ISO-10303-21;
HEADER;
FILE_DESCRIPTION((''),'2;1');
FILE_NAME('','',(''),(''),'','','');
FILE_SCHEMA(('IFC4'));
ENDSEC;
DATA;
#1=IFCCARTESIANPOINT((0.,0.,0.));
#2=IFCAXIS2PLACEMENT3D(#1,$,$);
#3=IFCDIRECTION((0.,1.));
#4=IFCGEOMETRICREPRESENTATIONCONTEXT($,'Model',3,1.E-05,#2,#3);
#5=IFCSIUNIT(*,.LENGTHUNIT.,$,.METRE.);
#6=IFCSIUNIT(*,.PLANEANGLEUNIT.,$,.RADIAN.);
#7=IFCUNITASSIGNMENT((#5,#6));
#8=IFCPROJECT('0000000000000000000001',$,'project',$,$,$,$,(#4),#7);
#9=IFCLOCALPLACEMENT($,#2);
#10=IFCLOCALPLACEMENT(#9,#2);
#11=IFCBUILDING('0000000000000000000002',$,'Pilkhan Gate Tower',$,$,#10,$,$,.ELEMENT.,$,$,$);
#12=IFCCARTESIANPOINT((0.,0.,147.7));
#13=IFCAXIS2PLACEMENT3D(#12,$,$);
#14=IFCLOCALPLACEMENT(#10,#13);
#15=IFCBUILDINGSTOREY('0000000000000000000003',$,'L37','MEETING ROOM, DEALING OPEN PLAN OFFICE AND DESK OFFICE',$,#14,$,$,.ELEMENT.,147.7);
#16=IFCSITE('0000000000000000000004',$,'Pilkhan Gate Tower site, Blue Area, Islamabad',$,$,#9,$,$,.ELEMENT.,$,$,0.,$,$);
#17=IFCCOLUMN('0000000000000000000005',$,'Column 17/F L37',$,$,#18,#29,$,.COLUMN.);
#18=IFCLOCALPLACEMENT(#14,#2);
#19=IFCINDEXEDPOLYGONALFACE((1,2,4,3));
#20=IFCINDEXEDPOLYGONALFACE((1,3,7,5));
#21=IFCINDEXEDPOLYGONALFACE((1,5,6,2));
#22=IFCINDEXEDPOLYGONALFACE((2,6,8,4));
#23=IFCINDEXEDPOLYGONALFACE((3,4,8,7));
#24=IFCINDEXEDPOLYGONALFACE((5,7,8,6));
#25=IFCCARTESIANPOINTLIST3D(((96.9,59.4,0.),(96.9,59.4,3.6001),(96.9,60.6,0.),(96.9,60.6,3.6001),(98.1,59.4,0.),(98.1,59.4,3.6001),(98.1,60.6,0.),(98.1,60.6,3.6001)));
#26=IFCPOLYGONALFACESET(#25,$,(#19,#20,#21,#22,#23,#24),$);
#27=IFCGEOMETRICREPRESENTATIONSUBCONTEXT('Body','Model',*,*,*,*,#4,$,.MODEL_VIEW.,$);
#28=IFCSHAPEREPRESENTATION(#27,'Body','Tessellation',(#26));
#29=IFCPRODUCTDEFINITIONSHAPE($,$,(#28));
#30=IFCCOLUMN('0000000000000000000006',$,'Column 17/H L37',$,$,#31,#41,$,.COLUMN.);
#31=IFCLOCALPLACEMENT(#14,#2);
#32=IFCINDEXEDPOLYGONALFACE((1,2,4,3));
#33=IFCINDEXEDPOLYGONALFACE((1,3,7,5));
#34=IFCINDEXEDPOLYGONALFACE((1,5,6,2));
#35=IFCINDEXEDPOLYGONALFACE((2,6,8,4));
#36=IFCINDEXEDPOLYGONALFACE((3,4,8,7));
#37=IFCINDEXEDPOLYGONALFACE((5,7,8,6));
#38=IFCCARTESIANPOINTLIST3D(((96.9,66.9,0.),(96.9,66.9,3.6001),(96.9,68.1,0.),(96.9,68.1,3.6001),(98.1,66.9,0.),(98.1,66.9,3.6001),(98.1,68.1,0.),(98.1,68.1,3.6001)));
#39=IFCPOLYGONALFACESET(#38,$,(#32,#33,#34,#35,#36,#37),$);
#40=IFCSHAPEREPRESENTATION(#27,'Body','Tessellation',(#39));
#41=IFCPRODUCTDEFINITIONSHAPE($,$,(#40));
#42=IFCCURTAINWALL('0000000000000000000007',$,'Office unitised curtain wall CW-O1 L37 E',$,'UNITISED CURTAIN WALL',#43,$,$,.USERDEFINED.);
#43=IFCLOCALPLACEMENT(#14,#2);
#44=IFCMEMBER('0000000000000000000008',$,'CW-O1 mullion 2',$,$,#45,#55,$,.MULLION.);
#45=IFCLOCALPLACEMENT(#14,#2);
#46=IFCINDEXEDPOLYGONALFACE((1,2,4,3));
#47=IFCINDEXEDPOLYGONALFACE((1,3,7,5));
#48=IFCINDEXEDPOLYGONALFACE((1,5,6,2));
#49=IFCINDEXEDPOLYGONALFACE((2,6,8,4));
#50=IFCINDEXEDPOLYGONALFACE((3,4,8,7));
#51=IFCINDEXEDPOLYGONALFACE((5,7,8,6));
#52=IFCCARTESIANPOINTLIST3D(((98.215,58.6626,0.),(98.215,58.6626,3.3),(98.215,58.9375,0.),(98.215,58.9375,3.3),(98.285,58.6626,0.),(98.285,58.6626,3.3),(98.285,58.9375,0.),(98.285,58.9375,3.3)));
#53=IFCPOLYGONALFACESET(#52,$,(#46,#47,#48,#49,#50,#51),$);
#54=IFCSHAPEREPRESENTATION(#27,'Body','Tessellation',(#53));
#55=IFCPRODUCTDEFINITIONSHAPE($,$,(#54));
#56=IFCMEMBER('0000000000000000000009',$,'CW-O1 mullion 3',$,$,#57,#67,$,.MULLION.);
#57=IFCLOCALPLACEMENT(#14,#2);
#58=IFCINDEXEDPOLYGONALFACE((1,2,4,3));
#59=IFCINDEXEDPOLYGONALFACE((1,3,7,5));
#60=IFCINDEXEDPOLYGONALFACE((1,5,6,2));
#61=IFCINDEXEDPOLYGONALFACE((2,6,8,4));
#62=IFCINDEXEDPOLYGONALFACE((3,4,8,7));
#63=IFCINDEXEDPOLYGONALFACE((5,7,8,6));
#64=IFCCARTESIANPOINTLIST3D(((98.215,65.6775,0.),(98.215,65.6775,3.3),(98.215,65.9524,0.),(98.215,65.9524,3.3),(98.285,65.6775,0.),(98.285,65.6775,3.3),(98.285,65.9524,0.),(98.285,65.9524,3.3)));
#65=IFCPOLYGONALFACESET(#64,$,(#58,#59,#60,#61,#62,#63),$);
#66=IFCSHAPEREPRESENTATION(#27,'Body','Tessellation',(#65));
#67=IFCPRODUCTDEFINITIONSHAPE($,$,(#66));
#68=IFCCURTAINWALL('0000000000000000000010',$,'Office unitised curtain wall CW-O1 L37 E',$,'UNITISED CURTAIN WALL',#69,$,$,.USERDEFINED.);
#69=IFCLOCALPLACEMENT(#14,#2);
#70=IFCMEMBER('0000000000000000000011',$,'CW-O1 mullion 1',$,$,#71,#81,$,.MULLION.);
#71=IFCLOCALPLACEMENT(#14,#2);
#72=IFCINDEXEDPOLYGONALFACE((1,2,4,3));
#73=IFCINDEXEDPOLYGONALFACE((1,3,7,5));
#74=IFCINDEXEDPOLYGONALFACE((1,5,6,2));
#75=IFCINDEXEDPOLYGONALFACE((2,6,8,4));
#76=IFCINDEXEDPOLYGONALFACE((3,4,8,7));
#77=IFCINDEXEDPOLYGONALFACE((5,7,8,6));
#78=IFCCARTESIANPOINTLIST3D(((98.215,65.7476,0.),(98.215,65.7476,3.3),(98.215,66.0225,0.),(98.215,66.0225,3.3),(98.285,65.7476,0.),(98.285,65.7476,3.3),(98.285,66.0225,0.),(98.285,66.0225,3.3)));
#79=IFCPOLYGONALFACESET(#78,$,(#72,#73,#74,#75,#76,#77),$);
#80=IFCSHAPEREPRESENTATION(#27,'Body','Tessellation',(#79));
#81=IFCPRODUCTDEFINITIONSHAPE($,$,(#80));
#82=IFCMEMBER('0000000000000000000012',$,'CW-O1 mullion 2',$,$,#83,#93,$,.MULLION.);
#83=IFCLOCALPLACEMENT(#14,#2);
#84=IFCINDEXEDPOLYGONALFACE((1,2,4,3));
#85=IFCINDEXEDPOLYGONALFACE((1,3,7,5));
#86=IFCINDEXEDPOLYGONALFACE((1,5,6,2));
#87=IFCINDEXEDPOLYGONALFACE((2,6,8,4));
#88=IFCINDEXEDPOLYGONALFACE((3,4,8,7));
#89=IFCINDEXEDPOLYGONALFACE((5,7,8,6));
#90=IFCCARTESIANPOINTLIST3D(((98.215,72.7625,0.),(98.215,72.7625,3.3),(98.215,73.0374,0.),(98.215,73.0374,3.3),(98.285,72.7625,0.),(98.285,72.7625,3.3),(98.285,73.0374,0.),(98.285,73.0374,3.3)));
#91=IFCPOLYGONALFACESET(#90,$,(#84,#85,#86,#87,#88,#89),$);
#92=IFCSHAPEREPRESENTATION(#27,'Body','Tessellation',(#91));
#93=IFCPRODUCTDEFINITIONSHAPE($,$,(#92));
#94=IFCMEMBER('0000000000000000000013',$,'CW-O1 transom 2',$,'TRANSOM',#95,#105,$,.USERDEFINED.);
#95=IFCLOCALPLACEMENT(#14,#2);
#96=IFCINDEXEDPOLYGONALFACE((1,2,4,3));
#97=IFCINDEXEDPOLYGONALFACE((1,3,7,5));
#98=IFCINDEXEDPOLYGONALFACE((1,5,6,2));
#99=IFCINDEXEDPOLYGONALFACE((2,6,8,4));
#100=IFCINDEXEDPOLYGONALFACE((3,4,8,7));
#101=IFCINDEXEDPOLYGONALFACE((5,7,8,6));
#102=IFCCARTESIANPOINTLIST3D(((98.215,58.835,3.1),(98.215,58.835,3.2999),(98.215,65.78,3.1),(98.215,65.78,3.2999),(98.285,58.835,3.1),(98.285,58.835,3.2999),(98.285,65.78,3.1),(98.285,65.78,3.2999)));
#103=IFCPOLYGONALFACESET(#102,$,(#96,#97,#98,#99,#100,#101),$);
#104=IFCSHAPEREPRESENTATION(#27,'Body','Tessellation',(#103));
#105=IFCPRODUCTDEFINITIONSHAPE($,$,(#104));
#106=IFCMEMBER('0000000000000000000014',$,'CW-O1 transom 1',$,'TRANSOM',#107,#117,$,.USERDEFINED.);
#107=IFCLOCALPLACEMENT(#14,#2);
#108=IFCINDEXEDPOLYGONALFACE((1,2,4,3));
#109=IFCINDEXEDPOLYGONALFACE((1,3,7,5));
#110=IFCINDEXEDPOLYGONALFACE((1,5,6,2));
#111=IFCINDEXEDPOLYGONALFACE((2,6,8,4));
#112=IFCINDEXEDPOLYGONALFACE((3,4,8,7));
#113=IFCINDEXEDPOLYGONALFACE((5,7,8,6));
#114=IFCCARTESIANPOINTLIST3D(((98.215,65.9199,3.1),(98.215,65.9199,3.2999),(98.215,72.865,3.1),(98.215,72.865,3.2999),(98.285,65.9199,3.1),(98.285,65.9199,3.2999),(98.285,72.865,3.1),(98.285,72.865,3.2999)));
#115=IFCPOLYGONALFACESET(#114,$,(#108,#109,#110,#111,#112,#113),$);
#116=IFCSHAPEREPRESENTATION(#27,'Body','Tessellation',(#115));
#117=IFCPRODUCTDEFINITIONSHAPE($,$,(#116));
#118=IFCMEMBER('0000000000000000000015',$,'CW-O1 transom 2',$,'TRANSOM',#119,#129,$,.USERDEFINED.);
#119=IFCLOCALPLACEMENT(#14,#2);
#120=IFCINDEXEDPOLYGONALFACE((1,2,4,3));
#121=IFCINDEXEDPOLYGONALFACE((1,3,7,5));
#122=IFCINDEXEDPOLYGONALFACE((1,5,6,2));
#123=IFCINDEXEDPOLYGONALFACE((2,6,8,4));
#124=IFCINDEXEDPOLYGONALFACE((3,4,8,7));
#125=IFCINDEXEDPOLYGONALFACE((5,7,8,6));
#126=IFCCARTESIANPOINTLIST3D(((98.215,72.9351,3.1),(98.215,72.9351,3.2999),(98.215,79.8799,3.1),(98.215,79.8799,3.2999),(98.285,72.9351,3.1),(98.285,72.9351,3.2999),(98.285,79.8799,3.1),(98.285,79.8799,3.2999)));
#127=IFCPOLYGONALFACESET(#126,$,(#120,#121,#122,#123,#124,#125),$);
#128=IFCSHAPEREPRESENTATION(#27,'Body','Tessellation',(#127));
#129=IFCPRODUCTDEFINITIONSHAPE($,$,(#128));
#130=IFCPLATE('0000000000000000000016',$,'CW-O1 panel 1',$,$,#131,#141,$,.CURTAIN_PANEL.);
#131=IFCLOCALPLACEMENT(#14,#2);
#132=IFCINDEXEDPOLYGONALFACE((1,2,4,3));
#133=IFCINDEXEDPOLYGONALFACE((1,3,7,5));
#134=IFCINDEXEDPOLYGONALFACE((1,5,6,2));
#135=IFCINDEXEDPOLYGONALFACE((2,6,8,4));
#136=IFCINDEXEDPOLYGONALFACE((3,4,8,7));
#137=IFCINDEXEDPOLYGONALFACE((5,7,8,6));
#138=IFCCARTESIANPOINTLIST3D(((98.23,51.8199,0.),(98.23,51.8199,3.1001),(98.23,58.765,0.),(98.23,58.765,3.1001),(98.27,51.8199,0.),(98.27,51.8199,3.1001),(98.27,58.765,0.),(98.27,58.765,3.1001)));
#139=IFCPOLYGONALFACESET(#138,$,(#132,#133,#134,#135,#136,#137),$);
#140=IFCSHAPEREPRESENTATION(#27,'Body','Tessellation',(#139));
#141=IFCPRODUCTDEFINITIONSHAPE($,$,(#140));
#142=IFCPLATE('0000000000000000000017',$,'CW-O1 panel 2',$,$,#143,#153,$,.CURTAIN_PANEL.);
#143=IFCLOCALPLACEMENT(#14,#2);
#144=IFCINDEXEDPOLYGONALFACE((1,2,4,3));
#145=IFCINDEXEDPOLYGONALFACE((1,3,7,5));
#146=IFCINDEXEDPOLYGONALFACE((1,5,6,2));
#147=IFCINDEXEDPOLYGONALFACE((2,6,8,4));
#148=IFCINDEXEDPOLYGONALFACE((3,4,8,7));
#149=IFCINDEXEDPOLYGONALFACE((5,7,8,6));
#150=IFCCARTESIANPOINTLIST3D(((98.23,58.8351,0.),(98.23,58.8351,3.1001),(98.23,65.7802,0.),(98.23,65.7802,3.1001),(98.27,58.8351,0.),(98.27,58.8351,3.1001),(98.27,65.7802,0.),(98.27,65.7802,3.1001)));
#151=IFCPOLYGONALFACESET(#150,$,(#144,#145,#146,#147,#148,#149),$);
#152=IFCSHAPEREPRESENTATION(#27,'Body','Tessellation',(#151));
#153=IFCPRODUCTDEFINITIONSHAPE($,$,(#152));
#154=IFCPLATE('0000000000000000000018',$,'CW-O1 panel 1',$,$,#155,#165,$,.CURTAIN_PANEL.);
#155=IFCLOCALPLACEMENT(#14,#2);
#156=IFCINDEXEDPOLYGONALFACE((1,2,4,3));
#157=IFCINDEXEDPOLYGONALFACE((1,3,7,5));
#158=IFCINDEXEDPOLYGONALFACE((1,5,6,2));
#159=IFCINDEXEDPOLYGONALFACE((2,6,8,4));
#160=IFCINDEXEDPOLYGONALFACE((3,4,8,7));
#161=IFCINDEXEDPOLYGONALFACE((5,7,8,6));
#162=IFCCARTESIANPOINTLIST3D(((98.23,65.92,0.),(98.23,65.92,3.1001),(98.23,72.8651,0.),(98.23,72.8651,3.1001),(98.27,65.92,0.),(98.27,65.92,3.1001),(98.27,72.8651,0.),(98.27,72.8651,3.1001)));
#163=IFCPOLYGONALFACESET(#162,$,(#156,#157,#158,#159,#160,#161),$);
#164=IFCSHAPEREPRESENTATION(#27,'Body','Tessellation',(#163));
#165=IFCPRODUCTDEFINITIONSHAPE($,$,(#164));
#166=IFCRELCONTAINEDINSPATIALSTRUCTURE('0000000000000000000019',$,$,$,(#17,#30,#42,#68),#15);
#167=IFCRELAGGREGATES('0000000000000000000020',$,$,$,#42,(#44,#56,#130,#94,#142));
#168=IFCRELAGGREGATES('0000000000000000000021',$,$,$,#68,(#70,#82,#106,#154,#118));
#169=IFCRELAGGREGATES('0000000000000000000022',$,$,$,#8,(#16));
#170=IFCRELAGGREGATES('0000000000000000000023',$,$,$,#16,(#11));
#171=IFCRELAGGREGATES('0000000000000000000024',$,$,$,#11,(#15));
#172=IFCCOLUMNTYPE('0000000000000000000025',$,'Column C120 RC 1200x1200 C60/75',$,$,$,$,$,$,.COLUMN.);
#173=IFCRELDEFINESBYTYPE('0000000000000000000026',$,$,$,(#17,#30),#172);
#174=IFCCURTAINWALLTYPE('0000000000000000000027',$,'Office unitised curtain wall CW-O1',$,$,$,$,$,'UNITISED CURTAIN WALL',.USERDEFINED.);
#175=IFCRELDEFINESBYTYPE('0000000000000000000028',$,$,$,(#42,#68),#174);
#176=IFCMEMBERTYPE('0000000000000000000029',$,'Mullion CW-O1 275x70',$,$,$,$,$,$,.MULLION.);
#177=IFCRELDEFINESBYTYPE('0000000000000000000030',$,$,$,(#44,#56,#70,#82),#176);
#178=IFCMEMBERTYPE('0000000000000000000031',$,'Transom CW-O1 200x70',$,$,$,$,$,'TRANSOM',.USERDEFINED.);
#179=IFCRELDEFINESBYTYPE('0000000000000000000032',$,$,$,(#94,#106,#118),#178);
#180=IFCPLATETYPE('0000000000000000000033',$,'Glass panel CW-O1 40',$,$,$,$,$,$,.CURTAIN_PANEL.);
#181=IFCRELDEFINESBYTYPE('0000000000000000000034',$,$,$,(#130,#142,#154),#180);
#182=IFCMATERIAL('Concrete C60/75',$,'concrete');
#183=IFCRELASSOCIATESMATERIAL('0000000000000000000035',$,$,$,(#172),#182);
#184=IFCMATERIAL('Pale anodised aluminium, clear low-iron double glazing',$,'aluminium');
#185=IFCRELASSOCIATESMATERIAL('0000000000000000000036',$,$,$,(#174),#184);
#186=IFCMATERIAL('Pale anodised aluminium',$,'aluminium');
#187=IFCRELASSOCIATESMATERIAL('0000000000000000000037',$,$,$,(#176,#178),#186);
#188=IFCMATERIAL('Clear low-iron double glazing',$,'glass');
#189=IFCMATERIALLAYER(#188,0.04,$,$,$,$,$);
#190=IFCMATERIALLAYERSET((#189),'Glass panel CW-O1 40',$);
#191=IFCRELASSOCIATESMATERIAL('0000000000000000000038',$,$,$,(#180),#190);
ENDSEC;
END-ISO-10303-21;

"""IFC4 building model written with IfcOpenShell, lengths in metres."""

from ifc_helpers import new_model, si_unit, direction, frame, origin, origin_2d, place, context, subcontext, project, spatial, rectangle, extrude, material, layer, layer_set, material_profile, profile_set, type_object, element, aggregate, save


model = new_model("IFC4")

# Units and contexts
model_context = context("Model", 3, precision=1e-05, world=origin(), true_north=direction((0.0, 1.0)))
body_context = subcontext(model_context, "Body", "Model", "MODEL_VIEW")
ifc_project = project(units=[si_unit("LENGTHUNIT", "METRE"), si_unit("PLANEANGLEUNIT", "RADIAN")], contexts=[model_context])

# Site, building, storey
site_placement = place(None, origin())
site = spatial("IfcSite", under=ifc_project, at=site_placement, Name="Pilkhan Gate Tower site, Blue Area, Islamabad", CompositionType="ELEMENT", RefElevation=0.0)
building_placement = place(site_placement, origin())
building = spatial("IfcBuilding", under=site, at=building_placement, Name="Pilkhan Gate Tower", CompositionType="ELEMENT")
storey_placement = place(building_placement, frame((0.0, 0.0, 147.7)))
storey = spatial("IfcBuildingStorey", under=building, at=storey_placement, Name="L37", Description="MEETING ROOM, DEALING OPEN PLAN OFFICE AND DESK OFFICE", CompositionType="ELEMENT", Elevation=147.7)

# Columns
ifc_material_1 = material(Name="Concrete C60/75", Category="concrete")
ifc_material_profile_1 = material_profile(ifc_material_1, rectangle(XDim=1.2, YDim=1.2, at=origin_2d()), Name="RC 1200x1200")
ifc_profile_set_1 = profile_set([ifc_material_profile_1], Name="Concrete C60/75")
column_type = type_object("IfcColumnType", Name="Column C120 RC 1200x1200 C60/75", PredefinedType="COLUMN", material=ifc_profile_set_1)
for number, where, z_axis, x_axis, name in (
    (1, (97.5, 60.0, 0.0), (0.0, 0.0, 1.0), (1.0, 0.0, 0.0), "Column 17/F L37"),
    (2, (97.5, 67.5, 0.0), (0.0, 0.0, 1.0), (1.0, 0.0, 0.0), "Column 17/H L37"),
):
    element("IfcColumn", number, at=place(storey_placement, frame(where, z_axis=z_axis, x_axis=x_axis)), inside=storey, type_object=column_type, Name=name, PredefinedType="COLUMN", context=body_context, shape_type="SweptSolid", body=[
        extrude(rectangle(XDim=1.2, YDim=1.2, at=origin_2d()), origin(), (0.0, 0.0, 1.0), 3.6001),
    ])

# Curtain walls, members
ifc_material_2 = material(Name="Pale anodised aluminium, clear low-iron double glazing", Category="aluminium")
curtain_wall_type = type_object("IfcCurtainWallType", Name="Office unitised curtain wall CW-O1", ElementType="UNITISED CURTAIN WALL", PredefinedType="USERDEFINED", material=ifc_material_2)
curtain_wall_1_placement = place(storey_placement, origin())
curtain_wall_1 = element("IfcCurtainWall", 3, at=curtain_wall_1_placement, inside=storey, type_object=curtain_wall_type, Name="Office unitised curtain wall CW-O1 L37 E", ObjectType="UNITISED CURTAIN WALL", PredefinedType="USERDEFINED")
ifc_material_3 = material(Name="Pale anodised aluminium", Category="aluminium")
ifc_material_profile_2 = material_profile(ifc_material_3, rectangle(XDim=0.0701, YDim=0.2749, at=origin_2d()), Name="Mullion 275x70")
ifc_profile_set_2 = profile_set([ifc_material_profile_2], Name="Pale anodised aluminium")
member_type_1 = type_object("IfcMemberType", Name="Mullion CW-O1 275x70", PredefinedType="MULLION", material=ifc_profile_set_2)
member_1_placement = place(storey_placement, frame((98.25, 58.8, 0.0), z_axis=(0.0, 0.0, 1.0), x_axis=(-1.0, 0.0, 0.0)))
member_1 = element("IfcMember", 4, at=member_1_placement, type_object=member_type_1, Name="CW-O1 mullion 2", PredefinedType="MULLION", context=body_context, shape_type="SweptSolid", body=[
    extrude(rectangle(XDim=0.0701, YDim=0.2749, at=origin_2d()), origin(), (0.0, 0.0, 1.0), 3.3),
])
member_2_placement = place(storey_placement, frame((98.25, 65.8149, 0.0), z_axis=(0.0, 0.0, 1.0), x_axis=(-1.0, 0.0, 0.0)))
member_2 = element("IfcMember", 5, at=member_2_placement, type_object=member_type_1, Name="CW-O1 mullion 3", PredefinedType="MULLION", context=body_context, shape_type="SweptSolid", body=[
    extrude(rectangle(XDim=0.0701, YDim=0.2749, at=origin_2d()), origin(), (0.0, 0.0, 1.0), 3.3),
])
curtain_wall_2_placement = place(storey_placement, origin())
curtain_wall_2 = element("IfcCurtainWall", 6, at=curtain_wall_2_placement, inside=storey, type_object=curtain_wall_type, Name="Office unitised curtain wall CW-O1 L37 E", ObjectType="UNITISED CURTAIN WALL", PredefinedType="USERDEFINED")
member_3_placement = place(storey_placement, frame((98.25, 65.885, 0.0), z_axis=(0.0, 0.0, 1.0), x_axis=(-1.0, 0.0, 0.0)))
member_3 = element("IfcMember", 7, at=member_3_placement, type_object=member_type_1, Name="CW-O1 mullion 1", PredefinedType="MULLION", context=body_context, shape_type="SweptSolid", body=[
    extrude(rectangle(XDim=0.0701, YDim=0.2749, at=origin_2d()), origin(), (0.0, 0.0, 1.0), 3.3),
])
member_4_placement = place(storey_placement, frame((98.25, 72.8999, 0.0), z_axis=(0.0, 0.0, 1.0), x_axis=(-1.0, 0.0, 0.0)))
member_4 = element("IfcMember", 8, at=member_4_placement, type_object=member_type_1, Name="CW-O1 mullion 2", PredefinedType="MULLION", context=body_context, shape_type="SweptSolid", body=[
    extrude(rectangle(XDim=0.0701, YDim=0.2749, at=origin_2d()), origin(), (0.0, 0.0, 1.0), 3.3),
])

# Members
ifc_material_profile_3 = material_profile(ifc_material_3, rectangle(XDim=0.0701, YDim=0.2, at=origin_2d()), Name="Transom 200x70")
ifc_profile_set_3 = profile_set([ifc_material_profile_3], Name="Pale anodised aluminium")
member_type_2 = type_object("IfcMemberType", Name="Transom CW-O1 200x70", ElementType="TRANSOM", PredefinedType="USERDEFINED", material=ifc_profile_set_3)
member_5_placement = place(storey_placement, frame((98.25, 58.835, 3.2), z_axis=(0.0, 1.0, 0.0), x_axis=(-1.0, 0.0, 0.0)))
member_5 = element("IfcMember", 9, at=member_5_placement, type_object=member_type_2, Name="CW-O1 transom 2", ObjectType="TRANSOM", PredefinedType="USERDEFINED", context=body_context, shape_type="SweptSolid", body=[
    extrude(rectangle(XDim=0.0701, YDim=0.2, at=origin_2d()), origin(), (0.0, 0.0, 1.0), 6.9451),
])
member_6_placement = place(storey_placement, frame((98.25, 65.9199, 3.2), z_axis=(0.0, 1.0, 0.0), x_axis=(-1.0, 0.0, 0.0)))
member_6 = element("IfcMember", 10, at=member_6_placement, type_object=member_type_2, Name="CW-O1 transom 1", ObjectType="TRANSOM", PredefinedType="USERDEFINED", context=body_context, shape_type="SweptSolid", body=[
    extrude(rectangle(XDim=0.0701, YDim=0.2, at=origin_2d()), origin(), (0.0, 0.0, 1.0), 6.9451),
])
member_7_placement = place(storey_placement, frame((98.25, 72.9351, 3.2), z_axis=(0.0, 1.0, 0.0), x_axis=(-1.0, 0.0, 0.0)))
member_7 = element("IfcMember", 11, at=member_7_placement, type_object=member_type_2, Name="CW-O1 transom 2", ObjectType="TRANSOM", PredefinedType="USERDEFINED", context=body_context, shape_type="SweptSolid", body=[
    extrude(rectangle(XDim=0.0701, YDim=0.2, at=origin_2d()), origin(), (0.0, 0.0, 1.0), 6.9448),
])

# Plates
ifc_material_4 = material(Name="Clear low-iron double glazing", Category="glass")
ifc_layer_1 = layer(ifc_material_4, 0.04)
ifc_layer_set_1 = layer_set([ifc_layer_1], Name="Glass panel CW-O1 40")
plate_type = type_object("IfcPlateType", Name="Glass panel CW-O1 40", PredefinedType="CURTAIN_PANEL", material=ifc_layer_set_1)
plate_1_placement = place(storey_placement, frame((98.25, 55.2925, 0.0), z_axis=(0.0, 0.0, 1.0), x_axis=(0.0, 1.0, 0.0)))
plate_1 = element("IfcPlate", 12, at=plate_1_placement, type_object=plate_type, Name="CW-O1 panel 1", PredefinedType="CURTAIN_PANEL", context=body_context, shape_type="SweptSolid", body=[
    extrude(rectangle(XDim=6.9451, YDim=0.04, at=origin_2d()), origin(), (0.0, 0.0, 1.0), 3.1001),
])
plate_2_placement = place(storey_placement, frame((98.25, 62.3076, 0.0), z_axis=(0.0, 0.0, 1.0), x_axis=(0.0, 1.0, 0.0)))
plate_2 = element("IfcPlate", 13, at=plate_2_placement, type_object=plate_type, Name="CW-O1 panel 2", PredefinedType="CURTAIN_PANEL", context=body_context, shape_type="SweptSolid", body=[
    extrude(rectangle(XDim=6.9451, YDim=0.04, at=origin_2d()), origin(), (0.0, 0.0, 1.0), 3.1001),
])
aggregate(curtain_wall_1, [member_1, member_2, plate_1, member_5, plate_2])
plate_3_placement = place(storey_placement, frame((98.25, 69.3926, 0.0), z_axis=(0.0, 0.0, 1.0), x_axis=(0.0, 1.0, 0.0)))
plate_3 = element("IfcPlate", 14, at=plate_3_placement, type_object=plate_type, Name="CW-O1 panel 1", PredefinedType="CURTAIN_PANEL", context=body_context, shape_type="SweptSolid", body=[
    extrude(rectangle(XDim=6.9451, YDim=0.04, at=origin_2d()), origin(), (0.0, 0.0, 1.0), 3.1001),
])
aggregate(curtain_wall_2, [member_3, member_4, member_6, plate_3, member_7])

save(model, "model.ifc")
